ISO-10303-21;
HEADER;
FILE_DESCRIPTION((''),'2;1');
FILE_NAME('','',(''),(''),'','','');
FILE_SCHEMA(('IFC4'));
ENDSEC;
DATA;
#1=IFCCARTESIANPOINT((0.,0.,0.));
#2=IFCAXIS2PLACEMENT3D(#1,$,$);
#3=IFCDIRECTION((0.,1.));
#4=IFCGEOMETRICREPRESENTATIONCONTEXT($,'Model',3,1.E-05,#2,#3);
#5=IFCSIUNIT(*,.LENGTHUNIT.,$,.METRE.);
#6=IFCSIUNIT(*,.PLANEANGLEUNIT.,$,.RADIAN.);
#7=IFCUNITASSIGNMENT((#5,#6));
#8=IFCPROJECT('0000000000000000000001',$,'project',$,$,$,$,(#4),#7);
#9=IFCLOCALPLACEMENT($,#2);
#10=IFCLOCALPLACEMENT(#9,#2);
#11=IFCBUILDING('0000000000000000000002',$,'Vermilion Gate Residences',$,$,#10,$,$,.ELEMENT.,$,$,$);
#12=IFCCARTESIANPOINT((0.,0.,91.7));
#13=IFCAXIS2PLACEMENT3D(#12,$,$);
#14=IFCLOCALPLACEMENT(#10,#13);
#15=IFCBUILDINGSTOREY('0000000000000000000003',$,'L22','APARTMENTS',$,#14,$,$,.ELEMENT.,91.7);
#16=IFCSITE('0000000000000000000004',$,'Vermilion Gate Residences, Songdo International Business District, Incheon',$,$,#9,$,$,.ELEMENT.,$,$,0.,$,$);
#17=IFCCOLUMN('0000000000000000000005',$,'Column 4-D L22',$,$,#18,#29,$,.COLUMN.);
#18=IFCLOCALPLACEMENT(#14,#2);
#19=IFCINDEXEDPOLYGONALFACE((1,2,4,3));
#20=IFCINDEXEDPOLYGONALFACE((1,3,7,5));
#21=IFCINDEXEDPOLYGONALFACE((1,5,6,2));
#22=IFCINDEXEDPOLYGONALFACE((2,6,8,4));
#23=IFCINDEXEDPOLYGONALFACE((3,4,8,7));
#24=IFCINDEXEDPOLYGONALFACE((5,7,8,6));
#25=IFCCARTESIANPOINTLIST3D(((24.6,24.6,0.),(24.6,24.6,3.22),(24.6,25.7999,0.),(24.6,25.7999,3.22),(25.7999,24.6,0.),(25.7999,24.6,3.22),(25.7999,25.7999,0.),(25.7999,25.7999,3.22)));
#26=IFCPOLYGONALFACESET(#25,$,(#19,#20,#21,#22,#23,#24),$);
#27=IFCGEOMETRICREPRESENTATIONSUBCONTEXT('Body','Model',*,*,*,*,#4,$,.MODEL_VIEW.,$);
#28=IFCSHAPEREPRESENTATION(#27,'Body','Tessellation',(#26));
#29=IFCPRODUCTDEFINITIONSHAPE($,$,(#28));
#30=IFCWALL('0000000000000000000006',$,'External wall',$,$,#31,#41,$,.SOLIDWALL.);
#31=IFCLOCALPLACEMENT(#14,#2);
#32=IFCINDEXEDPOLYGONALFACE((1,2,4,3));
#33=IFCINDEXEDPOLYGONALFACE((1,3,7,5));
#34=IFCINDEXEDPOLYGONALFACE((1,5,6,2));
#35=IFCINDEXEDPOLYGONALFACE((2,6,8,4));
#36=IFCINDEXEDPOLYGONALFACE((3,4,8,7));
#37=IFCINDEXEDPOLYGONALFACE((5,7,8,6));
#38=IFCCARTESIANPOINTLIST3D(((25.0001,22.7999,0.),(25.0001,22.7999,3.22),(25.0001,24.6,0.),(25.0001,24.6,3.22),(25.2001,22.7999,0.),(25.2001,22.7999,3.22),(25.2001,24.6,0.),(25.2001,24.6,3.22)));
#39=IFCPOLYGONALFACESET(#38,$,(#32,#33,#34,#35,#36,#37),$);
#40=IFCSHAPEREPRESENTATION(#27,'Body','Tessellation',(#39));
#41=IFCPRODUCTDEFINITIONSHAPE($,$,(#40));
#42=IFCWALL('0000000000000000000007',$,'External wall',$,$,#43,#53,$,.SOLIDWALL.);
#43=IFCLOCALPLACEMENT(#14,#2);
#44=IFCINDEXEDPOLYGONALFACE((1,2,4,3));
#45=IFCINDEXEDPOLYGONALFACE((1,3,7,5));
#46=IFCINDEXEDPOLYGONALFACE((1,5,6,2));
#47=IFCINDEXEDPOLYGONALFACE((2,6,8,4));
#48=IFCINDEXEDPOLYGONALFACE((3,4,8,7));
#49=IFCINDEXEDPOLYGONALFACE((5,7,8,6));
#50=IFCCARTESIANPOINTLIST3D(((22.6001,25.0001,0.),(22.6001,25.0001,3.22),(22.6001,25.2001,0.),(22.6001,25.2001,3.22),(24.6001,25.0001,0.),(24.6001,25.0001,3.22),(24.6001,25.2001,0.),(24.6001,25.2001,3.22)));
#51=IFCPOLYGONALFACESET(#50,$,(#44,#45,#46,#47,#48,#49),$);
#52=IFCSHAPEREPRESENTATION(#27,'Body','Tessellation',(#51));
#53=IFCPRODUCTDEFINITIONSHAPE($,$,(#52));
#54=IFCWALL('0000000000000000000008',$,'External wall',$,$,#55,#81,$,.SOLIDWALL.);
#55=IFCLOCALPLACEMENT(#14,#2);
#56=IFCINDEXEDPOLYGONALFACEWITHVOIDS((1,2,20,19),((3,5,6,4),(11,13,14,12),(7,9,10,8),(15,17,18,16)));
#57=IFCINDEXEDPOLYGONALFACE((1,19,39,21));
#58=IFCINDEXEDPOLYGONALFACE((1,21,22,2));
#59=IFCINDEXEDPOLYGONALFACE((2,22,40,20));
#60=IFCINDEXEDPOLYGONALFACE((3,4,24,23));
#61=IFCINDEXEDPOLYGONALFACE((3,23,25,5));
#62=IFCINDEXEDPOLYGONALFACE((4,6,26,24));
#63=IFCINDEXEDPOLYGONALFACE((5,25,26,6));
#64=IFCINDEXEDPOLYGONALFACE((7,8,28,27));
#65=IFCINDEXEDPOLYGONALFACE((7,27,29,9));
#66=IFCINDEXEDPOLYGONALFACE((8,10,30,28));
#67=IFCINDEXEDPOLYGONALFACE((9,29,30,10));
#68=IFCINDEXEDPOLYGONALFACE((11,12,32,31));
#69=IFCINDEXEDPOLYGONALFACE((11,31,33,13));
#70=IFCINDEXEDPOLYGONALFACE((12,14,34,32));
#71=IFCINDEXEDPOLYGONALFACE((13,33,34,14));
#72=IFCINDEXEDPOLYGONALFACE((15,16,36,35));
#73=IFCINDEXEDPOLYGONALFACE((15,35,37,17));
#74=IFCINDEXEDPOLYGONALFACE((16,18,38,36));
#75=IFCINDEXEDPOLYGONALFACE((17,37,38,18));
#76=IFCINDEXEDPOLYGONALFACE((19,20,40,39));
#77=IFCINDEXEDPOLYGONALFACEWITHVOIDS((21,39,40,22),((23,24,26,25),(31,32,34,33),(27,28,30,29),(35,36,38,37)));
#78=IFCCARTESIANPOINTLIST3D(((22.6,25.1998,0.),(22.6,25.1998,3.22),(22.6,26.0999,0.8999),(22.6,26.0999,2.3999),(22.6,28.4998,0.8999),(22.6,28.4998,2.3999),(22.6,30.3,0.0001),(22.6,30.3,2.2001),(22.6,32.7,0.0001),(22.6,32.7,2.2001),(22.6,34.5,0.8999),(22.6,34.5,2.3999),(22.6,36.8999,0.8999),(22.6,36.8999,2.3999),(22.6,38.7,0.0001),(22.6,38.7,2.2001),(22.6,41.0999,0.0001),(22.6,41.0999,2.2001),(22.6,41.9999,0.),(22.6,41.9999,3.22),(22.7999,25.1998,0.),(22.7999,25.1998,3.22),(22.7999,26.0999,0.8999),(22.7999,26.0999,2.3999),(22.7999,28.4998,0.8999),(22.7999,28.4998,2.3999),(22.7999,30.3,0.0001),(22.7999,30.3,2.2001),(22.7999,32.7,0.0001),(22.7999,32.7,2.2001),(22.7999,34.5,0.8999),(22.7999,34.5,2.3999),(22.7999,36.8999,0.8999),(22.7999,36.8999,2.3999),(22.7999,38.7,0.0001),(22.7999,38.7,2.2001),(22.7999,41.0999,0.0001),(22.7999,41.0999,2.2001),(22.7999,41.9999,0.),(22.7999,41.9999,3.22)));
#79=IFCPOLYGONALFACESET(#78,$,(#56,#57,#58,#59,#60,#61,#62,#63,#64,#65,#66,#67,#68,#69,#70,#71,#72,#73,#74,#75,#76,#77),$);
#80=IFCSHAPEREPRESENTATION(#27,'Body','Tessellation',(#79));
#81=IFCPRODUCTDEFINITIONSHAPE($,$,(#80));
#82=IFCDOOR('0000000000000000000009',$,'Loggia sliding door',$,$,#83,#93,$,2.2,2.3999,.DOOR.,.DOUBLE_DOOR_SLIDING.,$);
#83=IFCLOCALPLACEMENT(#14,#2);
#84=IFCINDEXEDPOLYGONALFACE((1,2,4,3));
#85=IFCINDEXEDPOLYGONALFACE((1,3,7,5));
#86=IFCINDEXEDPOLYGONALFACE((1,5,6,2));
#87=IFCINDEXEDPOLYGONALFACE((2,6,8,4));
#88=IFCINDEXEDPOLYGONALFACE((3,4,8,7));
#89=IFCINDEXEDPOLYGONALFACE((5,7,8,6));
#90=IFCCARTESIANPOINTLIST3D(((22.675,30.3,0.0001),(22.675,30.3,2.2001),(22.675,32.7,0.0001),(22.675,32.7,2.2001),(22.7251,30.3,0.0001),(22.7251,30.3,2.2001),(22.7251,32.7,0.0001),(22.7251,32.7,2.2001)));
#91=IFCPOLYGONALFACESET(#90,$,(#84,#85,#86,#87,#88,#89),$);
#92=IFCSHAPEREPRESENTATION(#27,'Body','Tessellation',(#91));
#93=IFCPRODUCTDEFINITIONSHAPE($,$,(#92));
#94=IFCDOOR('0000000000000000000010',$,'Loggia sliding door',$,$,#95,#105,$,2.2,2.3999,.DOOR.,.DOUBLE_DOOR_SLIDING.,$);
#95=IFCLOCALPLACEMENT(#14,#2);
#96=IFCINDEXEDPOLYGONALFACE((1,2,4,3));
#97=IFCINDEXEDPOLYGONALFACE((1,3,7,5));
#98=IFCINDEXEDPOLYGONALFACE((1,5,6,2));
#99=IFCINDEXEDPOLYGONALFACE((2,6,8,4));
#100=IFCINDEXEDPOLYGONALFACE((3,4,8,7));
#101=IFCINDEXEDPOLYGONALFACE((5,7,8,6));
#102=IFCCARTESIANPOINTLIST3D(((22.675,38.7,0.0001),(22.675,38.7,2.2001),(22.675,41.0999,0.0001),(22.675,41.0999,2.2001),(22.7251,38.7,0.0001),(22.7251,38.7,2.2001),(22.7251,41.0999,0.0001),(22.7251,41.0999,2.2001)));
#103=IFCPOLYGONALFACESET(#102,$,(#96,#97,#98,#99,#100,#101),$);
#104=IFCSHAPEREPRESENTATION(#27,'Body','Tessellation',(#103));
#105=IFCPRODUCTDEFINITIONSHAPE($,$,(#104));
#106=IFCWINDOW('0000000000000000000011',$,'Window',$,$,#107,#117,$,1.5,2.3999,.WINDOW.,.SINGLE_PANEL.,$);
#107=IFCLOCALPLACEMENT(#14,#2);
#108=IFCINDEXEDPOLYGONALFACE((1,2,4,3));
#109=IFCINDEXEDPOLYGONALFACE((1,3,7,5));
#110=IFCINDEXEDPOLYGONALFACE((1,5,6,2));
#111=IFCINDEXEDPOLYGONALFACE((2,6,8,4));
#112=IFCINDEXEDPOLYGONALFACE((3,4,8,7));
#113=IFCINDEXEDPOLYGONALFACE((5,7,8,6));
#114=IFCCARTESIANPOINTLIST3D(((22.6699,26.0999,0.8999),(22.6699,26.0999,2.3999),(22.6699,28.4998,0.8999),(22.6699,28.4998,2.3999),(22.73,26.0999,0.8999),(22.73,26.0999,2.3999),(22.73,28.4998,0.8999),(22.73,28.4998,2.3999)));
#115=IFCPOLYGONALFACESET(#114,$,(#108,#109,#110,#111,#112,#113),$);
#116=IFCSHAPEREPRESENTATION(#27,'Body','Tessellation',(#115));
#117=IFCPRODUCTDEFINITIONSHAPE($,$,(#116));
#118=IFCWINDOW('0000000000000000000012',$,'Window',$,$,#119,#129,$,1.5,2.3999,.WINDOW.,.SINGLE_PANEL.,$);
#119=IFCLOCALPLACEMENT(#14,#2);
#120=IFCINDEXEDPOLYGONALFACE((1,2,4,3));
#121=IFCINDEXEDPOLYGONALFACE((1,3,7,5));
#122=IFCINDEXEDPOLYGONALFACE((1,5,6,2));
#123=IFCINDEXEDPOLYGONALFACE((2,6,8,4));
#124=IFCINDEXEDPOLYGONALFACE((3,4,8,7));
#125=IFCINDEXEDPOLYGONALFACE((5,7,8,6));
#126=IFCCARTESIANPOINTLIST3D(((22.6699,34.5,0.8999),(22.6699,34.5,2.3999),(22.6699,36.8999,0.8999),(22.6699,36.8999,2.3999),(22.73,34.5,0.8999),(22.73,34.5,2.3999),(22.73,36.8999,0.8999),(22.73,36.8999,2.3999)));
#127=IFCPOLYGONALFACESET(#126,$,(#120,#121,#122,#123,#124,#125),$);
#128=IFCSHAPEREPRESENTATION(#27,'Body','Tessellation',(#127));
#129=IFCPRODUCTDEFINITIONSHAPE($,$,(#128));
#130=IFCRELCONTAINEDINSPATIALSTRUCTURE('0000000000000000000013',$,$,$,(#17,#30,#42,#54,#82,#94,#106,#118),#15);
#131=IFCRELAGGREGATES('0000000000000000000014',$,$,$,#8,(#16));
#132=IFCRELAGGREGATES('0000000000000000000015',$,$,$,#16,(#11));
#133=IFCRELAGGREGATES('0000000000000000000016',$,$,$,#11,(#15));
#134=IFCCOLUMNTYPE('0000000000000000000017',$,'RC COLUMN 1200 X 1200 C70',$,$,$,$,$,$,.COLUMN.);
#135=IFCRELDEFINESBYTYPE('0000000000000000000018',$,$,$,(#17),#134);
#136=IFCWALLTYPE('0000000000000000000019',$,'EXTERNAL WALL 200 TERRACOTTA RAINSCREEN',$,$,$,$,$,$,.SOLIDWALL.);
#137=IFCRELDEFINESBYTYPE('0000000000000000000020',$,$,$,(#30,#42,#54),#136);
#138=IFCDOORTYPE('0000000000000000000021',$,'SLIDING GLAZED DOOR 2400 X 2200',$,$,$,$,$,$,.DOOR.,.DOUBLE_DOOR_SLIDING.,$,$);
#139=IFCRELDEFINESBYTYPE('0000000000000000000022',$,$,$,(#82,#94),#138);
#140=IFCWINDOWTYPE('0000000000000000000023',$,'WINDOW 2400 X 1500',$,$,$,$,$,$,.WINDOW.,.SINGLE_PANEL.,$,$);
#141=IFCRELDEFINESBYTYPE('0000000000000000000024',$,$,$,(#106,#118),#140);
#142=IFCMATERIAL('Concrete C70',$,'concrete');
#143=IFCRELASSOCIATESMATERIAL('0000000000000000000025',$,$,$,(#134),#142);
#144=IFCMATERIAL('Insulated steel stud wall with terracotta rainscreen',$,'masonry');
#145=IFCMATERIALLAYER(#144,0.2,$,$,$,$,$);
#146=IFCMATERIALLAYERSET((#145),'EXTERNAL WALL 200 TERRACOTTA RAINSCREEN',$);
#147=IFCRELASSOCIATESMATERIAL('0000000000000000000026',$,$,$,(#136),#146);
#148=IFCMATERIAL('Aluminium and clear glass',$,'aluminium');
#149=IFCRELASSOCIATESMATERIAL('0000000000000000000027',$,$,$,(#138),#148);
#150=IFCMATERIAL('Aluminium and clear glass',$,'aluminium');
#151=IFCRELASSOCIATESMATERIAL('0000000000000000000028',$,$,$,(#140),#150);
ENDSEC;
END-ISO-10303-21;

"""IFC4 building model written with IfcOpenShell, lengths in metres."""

from ifc_helpers import new_model, si_unit, direction, frame, frame_2d, origin, origin_2d, place, context, subcontext, project, spatial, rectangle, extrude, material, layer, layer_set, material_profile, profile_set, type_object, element, fill, save


model = new_model("IFC4")

# Units and contexts
model_context = context("Model", 3, precision=1e-05, world=origin(), true_north=direction((0.0, 1.0)))
body_context = subcontext(model_context, "Body", "Model", "MODEL_VIEW")
ifc_project = project(units=[si_unit("LENGTHUNIT", "METRE"), si_unit("PLANEANGLEUNIT", "RADIAN")], contexts=[model_context])

# Site, building, storey
site_placement = place(None, origin())
site = spatial("IfcSite", under=ifc_project, at=site_placement, Name="Vermilion Gate Residences, Songdo International Business District, Incheon", CompositionType="ELEMENT", RefElevation=0.0)
building_placement = place(site_placement, origin())
building = spatial("IfcBuilding", under=site, at=building_placement, Name="Vermilion Gate Residences", CompositionType="ELEMENT")
storey_placement = place(building_placement, frame((0.0, 0.0, 91.7)))
storey = spatial("IfcBuildingStorey", under=building, at=storey_placement, Name="L22", Description="APARTMENTS", CompositionType="ELEMENT", Elevation=91.7)

# Column
ifc_material_1 = material(Name="Concrete C70", Category="concrete")
ifc_material_profile = material_profile(ifc_material_1, rectangle(XDim=1.2, YDim=1.2, at=origin_2d()), Name="RC-1200x1200")
ifc_profile_set = profile_set([ifc_material_profile], Name="Concrete C70")
column_type = type_object("IfcColumnType", Name="RC COLUMN 1200 X 1200 C70", PredefinedType="COLUMN", material=ifc_profile_set)
column_placement = place(storey_placement, frame((25.2, 25.2, 0.0), z_axis=(0.0, 0.0, 1.0), x_axis=(1.0, 0.0, 0.0)))
element("IfcColumn", 1, at=column_placement, inside=storey, type_object=column_type, Name="Column 4-D L22", PredefinedType="COLUMN", context=body_context, shape_type="SweptSolid", body=[
    extrude(rectangle(XDim=1.2, YDim=1.2, at=origin_2d()), origin(), (0.0, 0.0, 1.0), 3.22),
])

# Walls
ifc_material_2 = material(Name="Insulated steel stud wall with terracotta rainscreen", Category="masonry")
ifc_layer_1 = layer(ifc_material_2, 0.2)
ifc_layer_set_1 = layer_set([ifc_layer_1], Name="EXTERNAL WALL 200 TERRACOTTA RAINSCREEN")
wall_type_1 = type_object("IfcWallType", Name="EXTERNAL WALL 200 TERRACOTTA RAINSCREEN", PredefinedType="SOLIDWALL", material=ifc_layer_set_1)
wall_1_placement = place(storey_placement, frame((25.1001, 22.8, 0.0), z_axis=(0.0, 0.0, 1.0), x_axis=(0.0, 1.0, 0.0)))
element("IfcWall", 2, at=wall_1_placement, inside=storey, type_object=wall_type_1, Name="External wall", PredefinedType="SOLIDWALL", context=body_context, shape_type="SweptSolid", body=[
    extrude(rectangle(XDim=1.8, YDim=0.2, at=frame_2d((0.8999, 0.0))), origin(), (0.0, 0.0, 1.0), 3.22),
])
wall_2_placement = place(storey_placement, frame((24.6001, 25.1001, 0.0), z_axis=(0.0, 0.0, 1.0), x_axis=(-1.0, 0.0, 0.0)))
element("IfcWall", 3, at=wall_2_placement, inside=storey, type_object=wall_type_1, Name="External wall", PredefinedType="SOLIDWALL", context=body_context, shape_type="SweptSolid", body=[
    extrude(rectangle(XDim=2.0, YDim=0.2, at=frame_2d((1.0, 0.0))), origin(), (0.0, 0.0, 1.0), 3.22),
])

# Wall, openings, doors, windows
wall_3_placement = place(storey_placement, frame((22.7, 25.2, 0.0), z_axis=(0.0, 0.0, 1.0), x_axis=(0.0, 1.0, 0.0)))
wall_3 = element("IfcWall", 4, at=wall_3_placement, inside=storey, type_object=wall_type_1, Name="External wall", PredefinedType="SOLIDWALL", context=body_context, shape_type="SweptSolid", body=[
    extrude(rectangle(XDim=16.8, YDim=0.2, at=frame_2d((8.3999, 0.0))), origin(), (0.0, 0.0, 1.0), 3.22),
])
opening_1_placement = place(wall_3_placement, frame((0.8999, 0.0, 0.8999)))
opening_1 = element("IfcOpeningElement", 5, at=opening_1_placement, cuts=wall_3, PredefinedType="OPENING", context=body_context, shape_type="SweptSolid", body=[
    extrude(rectangle(XDim=2.3999, YDim=1.5, at=frame_2d((1.2, 0.75))), frame((0.0, 0.1099, 0.0), z_axis=(0.0, -1.0, 0.0), x_axis=(1.0, 0.0, 0.0)), (0.0, 0.0, 1.0), 0.22),
])
opening_2_placement = place(wall_3_placement, frame((5.1001, 0.0, 0.0)))
opening_2 = element("IfcOpeningElement", 6, at=opening_2_placement, cuts=wall_3, PredefinedType="OPENING", context=body_context, shape_type="SweptSolid", body=[
    extrude(rectangle(XDim=2.3999, YDim=2.2, at=frame_2d((1.2, 1.1001))), frame((0.0, 0.1099, 0.0), z_axis=(0.0, -1.0, 0.0), x_axis=(1.0, 0.0, 0.0)), (0.0, 0.0, 1.0), 0.22),
])
opening_3_placement = place(wall_3_placement, frame((9.3, 0.0, 0.8999)))
opening_3 = element("IfcOpeningElement", 7, at=opening_3_placement, cuts=wall_3, PredefinedType="OPENING", context=body_context, shape_type="SweptSolid", body=[
    extrude(rectangle(XDim=2.3999, YDim=1.5, at=frame_2d((1.2, 0.75))), frame((0.0, 0.1099, 0.0), z_axis=(0.0, -1.0, 0.0), x_axis=(1.0, 0.0, 0.0)), (0.0, 0.0, 1.0), 0.22),
])
opening_4_placement = place(wall_3_placement, frame((13.5, 0.0, 0.0)))
opening_4 = element("IfcOpeningElement", 8, at=opening_4_placement, cuts=wall_3, PredefinedType="OPENING", context=body_context, shape_type="SweptSolid", body=[
    extrude(rectangle(XDim=2.3999, YDim=2.2, at=frame_2d((1.2, 1.1001))), frame((0.0, 0.1099, 0.0), z_axis=(0.0, -1.0, 0.0), x_axis=(1.0, 0.0, 0.0)), (0.0, 0.0, 1.0), 0.22),
])
ifc_material_3 = material(Name="Aluminium and clear glass", Category="aluminium")
door_type_1 = type_object("IfcDoorType", Name="SLIDING GLAZED DOOR 2400 X 2200", OperationType="DOUBLE_DOOR_SLIDING", PredefinedType="DOOR", material=ifc_material_3)
door_1_placement = place(opening_2_placement, origin())
door_1 = element("IfcDoor", 9, at=door_1_placement, inside=storey, type_object=door_type_1, Name="Loggia sliding door", OperationType="DOUBLE_DOOR_SLIDING", OverallHeight=2.2, OverallWidth=2.3999, PredefinedType="DOOR", context=body_context, shape_type="SweptSolid", body=[
    extrude(rectangle(XDim=2.3999, YDim=2.2, at=frame_2d((1.2, 1.1001))), frame((0.0, 0.0249, 0.0), z_axis=(0.0, -1.0, 0.0), x_axis=(1.0, 0.0, 0.0)), (0.0, 0.0, 1.0), 0.05),
])
fill(opening_2, door_1)
door_2_placement = place(opening_4_placement, origin())
door_2 = element("IfcDoor", 10, at=door_2_placement, inside=storey, type_object=door_type_1, Name="Loggia sliding door", OperationType="DOUBLE_DOOR_SLIDING", OverallHeight=2.2, OverallWidth=2.3999, PredefinedType="DOOR", context=body_context, shape_type="SweptSolid", body=[
    extrude(rectangle(XDim=2.3999, YDim=2.2, at=frame_2d((1.2, 1.1001))), frame((0.0, 0.0249, 0.0), z_axis=(0.0, -1.0, 0.0), x_axis=(1.0, 0.0, 0.0)), (0.0, 0.0, 1.0), 0.05),
])
fill(opening_4, door_2)
ifc_material_4 = material(Name="Aluminium and clear glass", Category="aluminium")
window_type = type_object("IfcWindowType", Name="WINDOW 2400 X 1500", PartitioningType="SINGLE_PANEL", PredefinedType="WINDOW", material=ifc_material_4)
window_1_placement = place(opening_1_placement, origin())
window_1 = element("IfcWindow", 11, at=window_1_placement, inside=storey, type_object=window_type, Name="Window", OverallHeight=1.5, OverallWidth=2.3999, PartitioningType="SINGLE_PANEL", PredefinedType="WINDOW", context=body_context, shape_type="SweptSolid", body=[
    extrude(rectangle(XDim=2.3999, YDim=1.5, at=frame_2d((1.2, 0.75))), frame((0.0, 0.03, 0.0), z_axis=(0.0, -1.0, 0.0), x_axis=(1.0, 0.0, 0.0)), (0.0, 0.0, 1.0), 0.0601),
])
fill(opening_1, window_1)
window_2_placement = place(opening_3_placement, origin())
window_2 = element("IfcWindow", 12, at=window_2_placement, inside=storey, type_object=window_type, Name="Window", OverallHeight=1.5, OverallWidth=2.3999, PartitioningType="SINGLE_PANEL", PredefinedType="WINDOW", context=body_context, shape_type="SweptSolid", body=[
    extrude(rectangle(XDim=2.3999, YDim=1.5, at=frame_2d((1.2, 0.75))), frame((0.0, 0.03, 0.0), z_axis=(0.0, -1.0, 0.0), x_axis=(1.0, 0.0, 0.0)), (0.0, 0.0, 1.0), 0.0601),
])
fill(opening_3, window_2)

save(model, "model.ifc")
